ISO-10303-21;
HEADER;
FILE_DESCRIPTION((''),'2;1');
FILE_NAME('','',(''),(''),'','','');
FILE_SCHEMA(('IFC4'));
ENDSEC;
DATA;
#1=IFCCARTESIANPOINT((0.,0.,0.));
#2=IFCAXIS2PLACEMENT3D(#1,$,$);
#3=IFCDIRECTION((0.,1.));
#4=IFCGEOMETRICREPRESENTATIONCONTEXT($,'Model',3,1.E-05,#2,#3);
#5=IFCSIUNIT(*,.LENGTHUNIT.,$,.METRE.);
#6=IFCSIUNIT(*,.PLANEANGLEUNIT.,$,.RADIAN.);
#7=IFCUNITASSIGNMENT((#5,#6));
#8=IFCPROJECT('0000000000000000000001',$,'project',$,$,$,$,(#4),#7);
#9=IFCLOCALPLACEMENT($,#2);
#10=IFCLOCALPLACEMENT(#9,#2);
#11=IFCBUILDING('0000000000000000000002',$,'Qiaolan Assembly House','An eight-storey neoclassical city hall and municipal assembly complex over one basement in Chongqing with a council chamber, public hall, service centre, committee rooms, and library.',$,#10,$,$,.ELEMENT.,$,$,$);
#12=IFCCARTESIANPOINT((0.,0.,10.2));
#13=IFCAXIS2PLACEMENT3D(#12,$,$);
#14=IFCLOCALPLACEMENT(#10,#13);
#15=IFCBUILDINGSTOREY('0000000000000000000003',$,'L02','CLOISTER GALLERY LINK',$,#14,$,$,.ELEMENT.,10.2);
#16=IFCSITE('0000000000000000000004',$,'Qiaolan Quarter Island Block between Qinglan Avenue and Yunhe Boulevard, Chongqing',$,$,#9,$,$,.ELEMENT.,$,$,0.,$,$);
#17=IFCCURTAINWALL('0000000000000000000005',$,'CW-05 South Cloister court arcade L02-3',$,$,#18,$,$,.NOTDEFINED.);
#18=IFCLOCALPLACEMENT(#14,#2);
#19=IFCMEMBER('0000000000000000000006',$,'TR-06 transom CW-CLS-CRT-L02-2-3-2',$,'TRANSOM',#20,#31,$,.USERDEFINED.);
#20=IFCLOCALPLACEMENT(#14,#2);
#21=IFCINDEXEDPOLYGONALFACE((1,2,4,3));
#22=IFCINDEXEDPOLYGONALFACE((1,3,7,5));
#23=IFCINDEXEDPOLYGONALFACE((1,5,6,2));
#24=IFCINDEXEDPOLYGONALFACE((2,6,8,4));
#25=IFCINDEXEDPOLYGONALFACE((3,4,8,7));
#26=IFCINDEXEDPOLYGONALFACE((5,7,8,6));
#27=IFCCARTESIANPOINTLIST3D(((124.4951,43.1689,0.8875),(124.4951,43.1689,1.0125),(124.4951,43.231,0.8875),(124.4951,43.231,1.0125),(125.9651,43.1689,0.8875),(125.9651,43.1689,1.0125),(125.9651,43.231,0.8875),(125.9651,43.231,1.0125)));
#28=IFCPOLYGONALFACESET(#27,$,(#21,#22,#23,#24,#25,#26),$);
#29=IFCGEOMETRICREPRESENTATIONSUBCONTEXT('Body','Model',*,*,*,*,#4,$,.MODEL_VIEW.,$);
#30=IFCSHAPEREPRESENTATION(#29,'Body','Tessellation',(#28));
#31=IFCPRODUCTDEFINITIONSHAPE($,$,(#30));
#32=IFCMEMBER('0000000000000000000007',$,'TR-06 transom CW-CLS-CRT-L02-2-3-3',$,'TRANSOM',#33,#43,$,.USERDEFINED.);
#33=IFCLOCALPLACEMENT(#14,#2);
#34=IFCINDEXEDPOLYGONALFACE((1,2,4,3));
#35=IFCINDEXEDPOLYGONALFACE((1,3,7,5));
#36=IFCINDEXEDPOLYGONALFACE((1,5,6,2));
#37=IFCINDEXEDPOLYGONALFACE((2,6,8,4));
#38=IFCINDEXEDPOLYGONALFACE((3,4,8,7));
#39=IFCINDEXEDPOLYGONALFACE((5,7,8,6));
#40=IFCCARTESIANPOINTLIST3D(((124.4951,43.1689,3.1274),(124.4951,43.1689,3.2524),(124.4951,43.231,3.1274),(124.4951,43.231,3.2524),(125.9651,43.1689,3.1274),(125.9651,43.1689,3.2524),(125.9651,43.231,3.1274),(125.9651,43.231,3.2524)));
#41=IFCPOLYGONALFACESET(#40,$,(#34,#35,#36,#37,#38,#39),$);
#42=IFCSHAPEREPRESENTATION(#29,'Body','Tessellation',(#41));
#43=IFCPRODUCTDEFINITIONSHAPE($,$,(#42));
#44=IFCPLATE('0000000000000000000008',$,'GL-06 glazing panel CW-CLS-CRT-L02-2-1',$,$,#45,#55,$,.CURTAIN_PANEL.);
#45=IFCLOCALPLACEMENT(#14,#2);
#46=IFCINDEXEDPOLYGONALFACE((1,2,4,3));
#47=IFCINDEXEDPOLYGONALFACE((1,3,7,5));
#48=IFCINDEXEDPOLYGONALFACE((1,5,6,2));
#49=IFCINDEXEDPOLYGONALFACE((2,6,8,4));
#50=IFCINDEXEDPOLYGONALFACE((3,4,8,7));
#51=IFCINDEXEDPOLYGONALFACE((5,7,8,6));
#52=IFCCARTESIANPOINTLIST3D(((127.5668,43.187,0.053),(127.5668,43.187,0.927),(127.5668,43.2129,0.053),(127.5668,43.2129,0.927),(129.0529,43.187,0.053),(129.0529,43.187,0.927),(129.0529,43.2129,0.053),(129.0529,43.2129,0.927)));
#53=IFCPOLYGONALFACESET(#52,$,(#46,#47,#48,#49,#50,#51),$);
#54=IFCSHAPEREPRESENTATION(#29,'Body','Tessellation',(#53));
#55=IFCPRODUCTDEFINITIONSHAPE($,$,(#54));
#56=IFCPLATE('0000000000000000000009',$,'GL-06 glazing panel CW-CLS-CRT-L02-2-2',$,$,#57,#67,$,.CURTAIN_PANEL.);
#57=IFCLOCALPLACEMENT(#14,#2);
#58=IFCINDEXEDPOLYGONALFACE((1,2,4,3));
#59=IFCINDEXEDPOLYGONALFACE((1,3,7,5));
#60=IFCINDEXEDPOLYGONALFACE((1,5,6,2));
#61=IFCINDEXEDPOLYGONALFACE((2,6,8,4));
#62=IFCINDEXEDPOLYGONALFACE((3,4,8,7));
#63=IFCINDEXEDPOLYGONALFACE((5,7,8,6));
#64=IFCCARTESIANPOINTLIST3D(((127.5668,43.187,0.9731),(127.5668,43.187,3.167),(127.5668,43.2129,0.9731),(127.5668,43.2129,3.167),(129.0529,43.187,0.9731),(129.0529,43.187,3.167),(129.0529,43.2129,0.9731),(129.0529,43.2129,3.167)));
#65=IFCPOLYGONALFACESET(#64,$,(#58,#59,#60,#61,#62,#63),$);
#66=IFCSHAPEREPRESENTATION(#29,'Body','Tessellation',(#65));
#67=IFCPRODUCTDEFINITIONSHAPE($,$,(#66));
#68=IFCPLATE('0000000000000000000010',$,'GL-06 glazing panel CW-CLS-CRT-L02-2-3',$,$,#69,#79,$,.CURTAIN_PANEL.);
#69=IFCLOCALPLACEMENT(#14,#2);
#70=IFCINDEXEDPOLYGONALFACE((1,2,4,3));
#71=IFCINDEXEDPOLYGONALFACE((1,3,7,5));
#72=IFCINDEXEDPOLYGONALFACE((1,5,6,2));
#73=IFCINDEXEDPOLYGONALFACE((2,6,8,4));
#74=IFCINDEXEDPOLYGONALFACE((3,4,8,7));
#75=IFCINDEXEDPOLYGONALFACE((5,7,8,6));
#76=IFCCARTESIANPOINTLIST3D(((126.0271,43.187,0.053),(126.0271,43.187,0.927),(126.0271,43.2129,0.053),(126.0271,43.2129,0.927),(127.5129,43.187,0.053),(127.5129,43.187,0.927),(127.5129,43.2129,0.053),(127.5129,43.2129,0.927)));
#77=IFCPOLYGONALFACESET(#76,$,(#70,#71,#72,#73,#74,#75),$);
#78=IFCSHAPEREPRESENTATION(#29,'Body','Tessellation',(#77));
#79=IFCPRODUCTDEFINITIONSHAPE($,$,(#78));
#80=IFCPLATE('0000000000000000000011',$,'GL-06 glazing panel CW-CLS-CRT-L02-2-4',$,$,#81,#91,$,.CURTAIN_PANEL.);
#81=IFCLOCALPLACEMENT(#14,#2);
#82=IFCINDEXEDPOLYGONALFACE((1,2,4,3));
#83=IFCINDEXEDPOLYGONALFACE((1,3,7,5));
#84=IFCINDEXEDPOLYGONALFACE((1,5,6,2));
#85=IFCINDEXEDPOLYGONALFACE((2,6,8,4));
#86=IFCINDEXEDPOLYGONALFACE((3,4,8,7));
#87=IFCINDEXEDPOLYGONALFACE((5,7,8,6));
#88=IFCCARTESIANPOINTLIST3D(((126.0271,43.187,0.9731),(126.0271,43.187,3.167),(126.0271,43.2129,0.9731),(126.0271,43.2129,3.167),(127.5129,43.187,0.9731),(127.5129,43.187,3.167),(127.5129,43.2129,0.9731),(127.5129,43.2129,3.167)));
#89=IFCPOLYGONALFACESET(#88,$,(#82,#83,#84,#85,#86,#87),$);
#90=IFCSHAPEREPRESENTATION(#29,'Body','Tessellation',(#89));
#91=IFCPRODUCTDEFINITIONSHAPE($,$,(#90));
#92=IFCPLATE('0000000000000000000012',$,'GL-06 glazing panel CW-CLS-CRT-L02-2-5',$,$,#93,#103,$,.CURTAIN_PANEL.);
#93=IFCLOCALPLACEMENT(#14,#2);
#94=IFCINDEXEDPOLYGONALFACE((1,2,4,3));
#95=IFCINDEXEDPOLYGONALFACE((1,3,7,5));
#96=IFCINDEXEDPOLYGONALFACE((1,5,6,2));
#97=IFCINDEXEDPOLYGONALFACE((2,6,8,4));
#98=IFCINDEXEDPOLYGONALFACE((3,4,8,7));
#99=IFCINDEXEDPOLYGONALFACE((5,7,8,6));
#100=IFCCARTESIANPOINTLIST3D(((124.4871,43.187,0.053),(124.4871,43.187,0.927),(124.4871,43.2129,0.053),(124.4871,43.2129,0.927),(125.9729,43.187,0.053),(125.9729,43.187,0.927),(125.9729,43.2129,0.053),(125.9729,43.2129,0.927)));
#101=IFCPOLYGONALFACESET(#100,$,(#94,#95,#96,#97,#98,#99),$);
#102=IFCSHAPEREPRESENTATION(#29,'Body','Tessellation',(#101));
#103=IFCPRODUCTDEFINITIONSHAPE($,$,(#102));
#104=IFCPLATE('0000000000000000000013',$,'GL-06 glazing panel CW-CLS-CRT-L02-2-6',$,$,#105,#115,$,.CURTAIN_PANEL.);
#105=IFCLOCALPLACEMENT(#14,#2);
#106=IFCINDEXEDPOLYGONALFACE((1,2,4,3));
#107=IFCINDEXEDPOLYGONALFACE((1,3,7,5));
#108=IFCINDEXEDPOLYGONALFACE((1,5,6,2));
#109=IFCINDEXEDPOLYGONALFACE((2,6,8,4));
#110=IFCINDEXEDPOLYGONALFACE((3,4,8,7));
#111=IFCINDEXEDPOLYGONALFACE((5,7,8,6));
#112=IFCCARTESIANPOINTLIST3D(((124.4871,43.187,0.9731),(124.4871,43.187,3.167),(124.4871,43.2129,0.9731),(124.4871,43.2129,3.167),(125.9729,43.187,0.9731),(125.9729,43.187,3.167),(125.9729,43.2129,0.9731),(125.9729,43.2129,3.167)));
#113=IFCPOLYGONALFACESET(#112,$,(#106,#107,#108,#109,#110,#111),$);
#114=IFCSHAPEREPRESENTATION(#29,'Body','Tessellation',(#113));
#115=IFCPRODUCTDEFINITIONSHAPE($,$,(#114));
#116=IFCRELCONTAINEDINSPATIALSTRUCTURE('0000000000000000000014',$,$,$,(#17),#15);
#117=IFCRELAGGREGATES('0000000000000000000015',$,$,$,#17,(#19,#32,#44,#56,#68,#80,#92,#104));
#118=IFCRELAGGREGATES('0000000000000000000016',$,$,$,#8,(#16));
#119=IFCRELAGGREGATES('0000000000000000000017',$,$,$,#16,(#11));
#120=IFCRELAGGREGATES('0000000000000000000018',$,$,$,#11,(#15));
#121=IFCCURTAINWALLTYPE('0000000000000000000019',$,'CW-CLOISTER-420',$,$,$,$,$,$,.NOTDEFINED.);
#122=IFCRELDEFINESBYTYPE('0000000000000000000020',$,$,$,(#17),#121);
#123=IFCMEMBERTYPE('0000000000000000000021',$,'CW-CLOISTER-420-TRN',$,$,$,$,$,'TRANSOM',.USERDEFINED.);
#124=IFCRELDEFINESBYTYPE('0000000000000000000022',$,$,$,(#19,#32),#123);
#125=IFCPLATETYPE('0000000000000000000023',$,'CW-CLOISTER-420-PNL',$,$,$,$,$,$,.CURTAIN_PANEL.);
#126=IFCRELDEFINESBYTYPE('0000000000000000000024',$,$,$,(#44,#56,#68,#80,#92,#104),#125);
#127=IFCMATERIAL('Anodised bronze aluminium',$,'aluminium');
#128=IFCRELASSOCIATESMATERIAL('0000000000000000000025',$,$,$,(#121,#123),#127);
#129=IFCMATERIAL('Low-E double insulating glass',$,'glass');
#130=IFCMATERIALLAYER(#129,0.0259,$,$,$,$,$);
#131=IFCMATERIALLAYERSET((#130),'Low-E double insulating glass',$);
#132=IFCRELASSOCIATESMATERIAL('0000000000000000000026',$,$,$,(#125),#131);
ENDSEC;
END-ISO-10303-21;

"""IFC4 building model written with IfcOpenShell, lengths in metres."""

from ifc_helpers import new_model, si_unit, direction, frame, frame_2d, origin, origin_2d, place, context, subcontext, project, spatial, rectangle, extrude, material, layer, layer_set, material_profile, profile_set, type_object, element, aggregate, save


model = new_model("IFC4")

# Units and contexts
model_context = context("Model", 3, precision=1e-05, world=origin(), true_north=direction((0.0, 1.0)))
body_context = subcontext(model_context, "Body", "Model", "MODEL_VIEW")
ifc_project = project(units=[si_unit("LENGTHUNIT", "METRE"), si_unit("PLANEANGLEUNIT", "RADIAN")], contexts=[model_context])

# Site, building, storey
site_placement = place(None, origin())
site = spatial("IfcSite", under=ifc_project, at=site_placement, Name="Qiaolan Quarter Island Block between Qinglan Avenue and Yunhe Boulevard, Chongqing", CompositionType="ELEMENT", RefElevation=0.0)
building_placement = place(site_placement, origin())
building = spatial("IfcBuilding", under=site, at=building_placement, Name="Qiaolan Assembly House", Description="An eight-storey neoclassical city hall and municipal assembly complex over one basement in Chongqing with a council chamber, public hall, service centre, committee rooms, and library.", CompositionType="ELEMENT")
storey_placement = place(building_placement, frame((0.0, 0.0, 10.2)))
storey = spatial("IfcBuildingStorey", under=building, at=storey_placement, Name="L02", Description="CLOISTER GALLERY LINK", CompositionType="ELEMENT", Elevation=10.2)

# Curtain wall
ifc_material_1 = material(Name="Anodised bronze aluminium", Category="aluminium")
curtain_wall_type = type_object("IfcCurtainWallType", Name="CW-CLOISTER-420", PredefinedType="NOTDEFINED", material=ifc_material_1)
curtain_wall_1_placement = place(storey_placement, origin())
curtain_wall_1 = element("IfcCurtainWall", 1, at=curtain_wall_1_placement, inside=storey, type_object=curtain_wall_type, Name="CW-05 South Cloister court arcade L02-3", PredefinedType="NOTDEFINED")

# Members
ifc_material_profile_1 = material_profile(ifc_material_1, rectangle(XDim=0.062, YDim=0.125, at=origin_2d()), Name="TRN 62x125")
ifc_profile_set_1 = profile_set([ifc_material_profile_1], Name="Anodised bronze aluminium")
member_type_1 = type_object("IfcMemberType", Name="CW-CLOISTER-420-TRN", ElementType="TRANSOM", PredefinedType="USERDEFINED", material=ifc_profile_set_1)
member_1_placement = place(storey_placement, frame((125.9651, 43.2, 0.95), z_axis=(-1.0, 0.0, 0.0), x_axis=(0.0, -1.0, 0.0)))
member_1 = element("IfcMember", 2, at=member_1_placement, type_object=member_type_1, Name="TR-06 transom CW-CLS-CRT-L02-2-3-2", ObjectType="TRANSOM", PredefinedType="USERDEFINED", context=body_context, shape_type="SweptSolid", body=[
    extrude(rectangle(XDim=0.062, YDim=0.125, at=origin_2d()), origin(), (0.0, 0.0, 1.0), 1.47),
])
member_2_placement = place(storey_placement, frame((125.9651, 43.2, 3.1899), z_axis=(-1.0, 0.0, 0.0), x_axis=(0.0, -1.0, 0.0)))
member_2 = element("IfcMember", 3, at=member_2_placement, type_object=member_type_1, Name="TR-06 transom CW-CLS-CRT-L02-2-3-3", ObjectType="TRANSOM", PredefinedType="USERDEFINED", context=body_context, shape_type="SweptSolid", body=[
    extrude(rectangle(XDim=0.062, YDim=0.125, at=origin_2d()), origin(), (0.0, 0.0, 1.0), 1.47),
])

# Plates
ifc_material_2 = material(Name="Low-E double insulating glass", Category="glass")
ifc_layer = layer(ifc_material_2, 0.0259)
ifc_layer_set = layer_set([ifc_layer], Name="Low-E double insulating glass")
plate_type = type_object("IfcPlateType", Name="CW-CLOISTER-420-PNL", PredefinedType="CURTAIN_PANEL", material=ifc_layer_set)
plate_1_placement = place(storey_placement, frame((129.053, 43.2, 0.053), z_axis=(0.0, 0.0, 1.0), x_axis=(-1.0, 0.0, 0.0)))
plate_1 = element("IfcPlate", 4, at=plate_1_placement, type_object=plate_type, Name="GL-06 glazing panel CW-CLS-CRT-L02-2-1", PredefinedType="CURTAIN_PANEL", context=body_context, shape_type="SweptSolid", body=[
    extrude(rectangle(XDim=1.4861, YDim=0.0259, at=frame_2d((0.7432, 0.0))), origin(), (0.0, 0.0, 1.0), 0.874),
])
plate_2_placement = place(storey_placement, frame((129.053, 43.2, 0.9731), z_axis=(0.0, 0.0, 1.0), x_axis=(-1.0, 0.0, 0.0)))
plate_2 = element("IfcPlate", 5, at=plate_2_placement, type_object=plate_type, Name="GL-06 glazing panel CW-CLS-CRT-L02-2-2", PredefinedType="CURTAIN_PANEL", context=body_context, shape_type="SweptSolid", body=[
    extrude(rectangle(XDim=1.4861, YDim=0.0259, at=frame_2d((0.7432, 0.0))), origin(), (0.0, 0.0, 1.0), 2.1938),
])
plate_3_placement = place(storey_placement, frame((127.5129, 43.2, 0.053), z_axis=(0.0, 0.0, 1.0), x_axis=(-1.0, 0.0, 0.0)))
plate_3 = element("IfcPlate", 6, at=plate_3_placement, type_object=plate_type, Name="GL-06 glazing panel CW-CLS-CRT-L02-2-3", PredefinedType="CURTAIN_PANEL", context=body_context, shape_type="SweptSolid", body=[
    extrude(rectangle(XDim=1.4858, YDim=0.0259, at=frame_2d((0.7429, 0.0))), origin(), (0.0, 0.0, 1.0), 0.874),
])
plate_4_placement = place(storey_placement, frame((127.5129, 43.2, 0.9731), z_axis=(0.0, 0.0, 1.0), x_axis=(-1.0, 0.0, 0.0)))
plate_4 = element("IfcPlate", 7, at=plate_4_placement, type_object=plate_type, Name="GL-06 glazing panel CW-CLS-CRT-L02-2-4", PredefinedType="CURTAIN_PANEL", context=body_context, shape_type="SweptSolid", body=[
    extrude(rectangle(XDim=1.4858, YDim=0.0259, at=frame_2d((0.7429, 0.0))), origin(), (0.0, 0.0, 1.0), 2.1938),
])
plate_5_placement = place(storey_placement, frame((125.9729, 43.2, 0.053), z_axis=(0.0, 0.0, 1.0), x_axis=(-1.0, 0.0, 0.0)))
plate_5 = element("IfcPlate", 8, at=plate_5_placement, type_object=plate_type, Name="GL-06 glazing panel CW-CLS-CRT-L02-2-5", PredefinedType="CURTAIN_PANEL", context=body_context, shape_type="SweptSolid", body=[
    extrude(rectangle(XDim=1.4858, YDim=0.0259, at=frame_2d((0.7429, 0.0))), origin(), (0.0, 0.0, 1.0), 0.874),
])
plate_6_placement = place(storey_placement, frame((125.9729, 43.2, 0.9731), z_axis=(0.0, 0.0, 1.0), x_axis=(-1.0, 0.0, 0.0)))
plate_6 = element("IfcPlate", 9, at=plate_6_placement, type_object=plate_type, Name="GL-06 glazing panel CW-CLS-CRT-L02-2-6", PredefinedType="CURTAIN_PANEL", context=body_context, shape_type="SweptSolid", body=[
    extrude(rectangle(XDim=1.4858, YDim=0.0259, at=frame_2d((0.7429, 0.0))), origin(), (0.0, 0.0, 1.0), 2.1938),
])
aggregate(curtain_wall_1, [member_1, member_2, plate_1, plate_2, plate_3, plate_4, plate_5, plate_6])

save(model, "model.ifc")
